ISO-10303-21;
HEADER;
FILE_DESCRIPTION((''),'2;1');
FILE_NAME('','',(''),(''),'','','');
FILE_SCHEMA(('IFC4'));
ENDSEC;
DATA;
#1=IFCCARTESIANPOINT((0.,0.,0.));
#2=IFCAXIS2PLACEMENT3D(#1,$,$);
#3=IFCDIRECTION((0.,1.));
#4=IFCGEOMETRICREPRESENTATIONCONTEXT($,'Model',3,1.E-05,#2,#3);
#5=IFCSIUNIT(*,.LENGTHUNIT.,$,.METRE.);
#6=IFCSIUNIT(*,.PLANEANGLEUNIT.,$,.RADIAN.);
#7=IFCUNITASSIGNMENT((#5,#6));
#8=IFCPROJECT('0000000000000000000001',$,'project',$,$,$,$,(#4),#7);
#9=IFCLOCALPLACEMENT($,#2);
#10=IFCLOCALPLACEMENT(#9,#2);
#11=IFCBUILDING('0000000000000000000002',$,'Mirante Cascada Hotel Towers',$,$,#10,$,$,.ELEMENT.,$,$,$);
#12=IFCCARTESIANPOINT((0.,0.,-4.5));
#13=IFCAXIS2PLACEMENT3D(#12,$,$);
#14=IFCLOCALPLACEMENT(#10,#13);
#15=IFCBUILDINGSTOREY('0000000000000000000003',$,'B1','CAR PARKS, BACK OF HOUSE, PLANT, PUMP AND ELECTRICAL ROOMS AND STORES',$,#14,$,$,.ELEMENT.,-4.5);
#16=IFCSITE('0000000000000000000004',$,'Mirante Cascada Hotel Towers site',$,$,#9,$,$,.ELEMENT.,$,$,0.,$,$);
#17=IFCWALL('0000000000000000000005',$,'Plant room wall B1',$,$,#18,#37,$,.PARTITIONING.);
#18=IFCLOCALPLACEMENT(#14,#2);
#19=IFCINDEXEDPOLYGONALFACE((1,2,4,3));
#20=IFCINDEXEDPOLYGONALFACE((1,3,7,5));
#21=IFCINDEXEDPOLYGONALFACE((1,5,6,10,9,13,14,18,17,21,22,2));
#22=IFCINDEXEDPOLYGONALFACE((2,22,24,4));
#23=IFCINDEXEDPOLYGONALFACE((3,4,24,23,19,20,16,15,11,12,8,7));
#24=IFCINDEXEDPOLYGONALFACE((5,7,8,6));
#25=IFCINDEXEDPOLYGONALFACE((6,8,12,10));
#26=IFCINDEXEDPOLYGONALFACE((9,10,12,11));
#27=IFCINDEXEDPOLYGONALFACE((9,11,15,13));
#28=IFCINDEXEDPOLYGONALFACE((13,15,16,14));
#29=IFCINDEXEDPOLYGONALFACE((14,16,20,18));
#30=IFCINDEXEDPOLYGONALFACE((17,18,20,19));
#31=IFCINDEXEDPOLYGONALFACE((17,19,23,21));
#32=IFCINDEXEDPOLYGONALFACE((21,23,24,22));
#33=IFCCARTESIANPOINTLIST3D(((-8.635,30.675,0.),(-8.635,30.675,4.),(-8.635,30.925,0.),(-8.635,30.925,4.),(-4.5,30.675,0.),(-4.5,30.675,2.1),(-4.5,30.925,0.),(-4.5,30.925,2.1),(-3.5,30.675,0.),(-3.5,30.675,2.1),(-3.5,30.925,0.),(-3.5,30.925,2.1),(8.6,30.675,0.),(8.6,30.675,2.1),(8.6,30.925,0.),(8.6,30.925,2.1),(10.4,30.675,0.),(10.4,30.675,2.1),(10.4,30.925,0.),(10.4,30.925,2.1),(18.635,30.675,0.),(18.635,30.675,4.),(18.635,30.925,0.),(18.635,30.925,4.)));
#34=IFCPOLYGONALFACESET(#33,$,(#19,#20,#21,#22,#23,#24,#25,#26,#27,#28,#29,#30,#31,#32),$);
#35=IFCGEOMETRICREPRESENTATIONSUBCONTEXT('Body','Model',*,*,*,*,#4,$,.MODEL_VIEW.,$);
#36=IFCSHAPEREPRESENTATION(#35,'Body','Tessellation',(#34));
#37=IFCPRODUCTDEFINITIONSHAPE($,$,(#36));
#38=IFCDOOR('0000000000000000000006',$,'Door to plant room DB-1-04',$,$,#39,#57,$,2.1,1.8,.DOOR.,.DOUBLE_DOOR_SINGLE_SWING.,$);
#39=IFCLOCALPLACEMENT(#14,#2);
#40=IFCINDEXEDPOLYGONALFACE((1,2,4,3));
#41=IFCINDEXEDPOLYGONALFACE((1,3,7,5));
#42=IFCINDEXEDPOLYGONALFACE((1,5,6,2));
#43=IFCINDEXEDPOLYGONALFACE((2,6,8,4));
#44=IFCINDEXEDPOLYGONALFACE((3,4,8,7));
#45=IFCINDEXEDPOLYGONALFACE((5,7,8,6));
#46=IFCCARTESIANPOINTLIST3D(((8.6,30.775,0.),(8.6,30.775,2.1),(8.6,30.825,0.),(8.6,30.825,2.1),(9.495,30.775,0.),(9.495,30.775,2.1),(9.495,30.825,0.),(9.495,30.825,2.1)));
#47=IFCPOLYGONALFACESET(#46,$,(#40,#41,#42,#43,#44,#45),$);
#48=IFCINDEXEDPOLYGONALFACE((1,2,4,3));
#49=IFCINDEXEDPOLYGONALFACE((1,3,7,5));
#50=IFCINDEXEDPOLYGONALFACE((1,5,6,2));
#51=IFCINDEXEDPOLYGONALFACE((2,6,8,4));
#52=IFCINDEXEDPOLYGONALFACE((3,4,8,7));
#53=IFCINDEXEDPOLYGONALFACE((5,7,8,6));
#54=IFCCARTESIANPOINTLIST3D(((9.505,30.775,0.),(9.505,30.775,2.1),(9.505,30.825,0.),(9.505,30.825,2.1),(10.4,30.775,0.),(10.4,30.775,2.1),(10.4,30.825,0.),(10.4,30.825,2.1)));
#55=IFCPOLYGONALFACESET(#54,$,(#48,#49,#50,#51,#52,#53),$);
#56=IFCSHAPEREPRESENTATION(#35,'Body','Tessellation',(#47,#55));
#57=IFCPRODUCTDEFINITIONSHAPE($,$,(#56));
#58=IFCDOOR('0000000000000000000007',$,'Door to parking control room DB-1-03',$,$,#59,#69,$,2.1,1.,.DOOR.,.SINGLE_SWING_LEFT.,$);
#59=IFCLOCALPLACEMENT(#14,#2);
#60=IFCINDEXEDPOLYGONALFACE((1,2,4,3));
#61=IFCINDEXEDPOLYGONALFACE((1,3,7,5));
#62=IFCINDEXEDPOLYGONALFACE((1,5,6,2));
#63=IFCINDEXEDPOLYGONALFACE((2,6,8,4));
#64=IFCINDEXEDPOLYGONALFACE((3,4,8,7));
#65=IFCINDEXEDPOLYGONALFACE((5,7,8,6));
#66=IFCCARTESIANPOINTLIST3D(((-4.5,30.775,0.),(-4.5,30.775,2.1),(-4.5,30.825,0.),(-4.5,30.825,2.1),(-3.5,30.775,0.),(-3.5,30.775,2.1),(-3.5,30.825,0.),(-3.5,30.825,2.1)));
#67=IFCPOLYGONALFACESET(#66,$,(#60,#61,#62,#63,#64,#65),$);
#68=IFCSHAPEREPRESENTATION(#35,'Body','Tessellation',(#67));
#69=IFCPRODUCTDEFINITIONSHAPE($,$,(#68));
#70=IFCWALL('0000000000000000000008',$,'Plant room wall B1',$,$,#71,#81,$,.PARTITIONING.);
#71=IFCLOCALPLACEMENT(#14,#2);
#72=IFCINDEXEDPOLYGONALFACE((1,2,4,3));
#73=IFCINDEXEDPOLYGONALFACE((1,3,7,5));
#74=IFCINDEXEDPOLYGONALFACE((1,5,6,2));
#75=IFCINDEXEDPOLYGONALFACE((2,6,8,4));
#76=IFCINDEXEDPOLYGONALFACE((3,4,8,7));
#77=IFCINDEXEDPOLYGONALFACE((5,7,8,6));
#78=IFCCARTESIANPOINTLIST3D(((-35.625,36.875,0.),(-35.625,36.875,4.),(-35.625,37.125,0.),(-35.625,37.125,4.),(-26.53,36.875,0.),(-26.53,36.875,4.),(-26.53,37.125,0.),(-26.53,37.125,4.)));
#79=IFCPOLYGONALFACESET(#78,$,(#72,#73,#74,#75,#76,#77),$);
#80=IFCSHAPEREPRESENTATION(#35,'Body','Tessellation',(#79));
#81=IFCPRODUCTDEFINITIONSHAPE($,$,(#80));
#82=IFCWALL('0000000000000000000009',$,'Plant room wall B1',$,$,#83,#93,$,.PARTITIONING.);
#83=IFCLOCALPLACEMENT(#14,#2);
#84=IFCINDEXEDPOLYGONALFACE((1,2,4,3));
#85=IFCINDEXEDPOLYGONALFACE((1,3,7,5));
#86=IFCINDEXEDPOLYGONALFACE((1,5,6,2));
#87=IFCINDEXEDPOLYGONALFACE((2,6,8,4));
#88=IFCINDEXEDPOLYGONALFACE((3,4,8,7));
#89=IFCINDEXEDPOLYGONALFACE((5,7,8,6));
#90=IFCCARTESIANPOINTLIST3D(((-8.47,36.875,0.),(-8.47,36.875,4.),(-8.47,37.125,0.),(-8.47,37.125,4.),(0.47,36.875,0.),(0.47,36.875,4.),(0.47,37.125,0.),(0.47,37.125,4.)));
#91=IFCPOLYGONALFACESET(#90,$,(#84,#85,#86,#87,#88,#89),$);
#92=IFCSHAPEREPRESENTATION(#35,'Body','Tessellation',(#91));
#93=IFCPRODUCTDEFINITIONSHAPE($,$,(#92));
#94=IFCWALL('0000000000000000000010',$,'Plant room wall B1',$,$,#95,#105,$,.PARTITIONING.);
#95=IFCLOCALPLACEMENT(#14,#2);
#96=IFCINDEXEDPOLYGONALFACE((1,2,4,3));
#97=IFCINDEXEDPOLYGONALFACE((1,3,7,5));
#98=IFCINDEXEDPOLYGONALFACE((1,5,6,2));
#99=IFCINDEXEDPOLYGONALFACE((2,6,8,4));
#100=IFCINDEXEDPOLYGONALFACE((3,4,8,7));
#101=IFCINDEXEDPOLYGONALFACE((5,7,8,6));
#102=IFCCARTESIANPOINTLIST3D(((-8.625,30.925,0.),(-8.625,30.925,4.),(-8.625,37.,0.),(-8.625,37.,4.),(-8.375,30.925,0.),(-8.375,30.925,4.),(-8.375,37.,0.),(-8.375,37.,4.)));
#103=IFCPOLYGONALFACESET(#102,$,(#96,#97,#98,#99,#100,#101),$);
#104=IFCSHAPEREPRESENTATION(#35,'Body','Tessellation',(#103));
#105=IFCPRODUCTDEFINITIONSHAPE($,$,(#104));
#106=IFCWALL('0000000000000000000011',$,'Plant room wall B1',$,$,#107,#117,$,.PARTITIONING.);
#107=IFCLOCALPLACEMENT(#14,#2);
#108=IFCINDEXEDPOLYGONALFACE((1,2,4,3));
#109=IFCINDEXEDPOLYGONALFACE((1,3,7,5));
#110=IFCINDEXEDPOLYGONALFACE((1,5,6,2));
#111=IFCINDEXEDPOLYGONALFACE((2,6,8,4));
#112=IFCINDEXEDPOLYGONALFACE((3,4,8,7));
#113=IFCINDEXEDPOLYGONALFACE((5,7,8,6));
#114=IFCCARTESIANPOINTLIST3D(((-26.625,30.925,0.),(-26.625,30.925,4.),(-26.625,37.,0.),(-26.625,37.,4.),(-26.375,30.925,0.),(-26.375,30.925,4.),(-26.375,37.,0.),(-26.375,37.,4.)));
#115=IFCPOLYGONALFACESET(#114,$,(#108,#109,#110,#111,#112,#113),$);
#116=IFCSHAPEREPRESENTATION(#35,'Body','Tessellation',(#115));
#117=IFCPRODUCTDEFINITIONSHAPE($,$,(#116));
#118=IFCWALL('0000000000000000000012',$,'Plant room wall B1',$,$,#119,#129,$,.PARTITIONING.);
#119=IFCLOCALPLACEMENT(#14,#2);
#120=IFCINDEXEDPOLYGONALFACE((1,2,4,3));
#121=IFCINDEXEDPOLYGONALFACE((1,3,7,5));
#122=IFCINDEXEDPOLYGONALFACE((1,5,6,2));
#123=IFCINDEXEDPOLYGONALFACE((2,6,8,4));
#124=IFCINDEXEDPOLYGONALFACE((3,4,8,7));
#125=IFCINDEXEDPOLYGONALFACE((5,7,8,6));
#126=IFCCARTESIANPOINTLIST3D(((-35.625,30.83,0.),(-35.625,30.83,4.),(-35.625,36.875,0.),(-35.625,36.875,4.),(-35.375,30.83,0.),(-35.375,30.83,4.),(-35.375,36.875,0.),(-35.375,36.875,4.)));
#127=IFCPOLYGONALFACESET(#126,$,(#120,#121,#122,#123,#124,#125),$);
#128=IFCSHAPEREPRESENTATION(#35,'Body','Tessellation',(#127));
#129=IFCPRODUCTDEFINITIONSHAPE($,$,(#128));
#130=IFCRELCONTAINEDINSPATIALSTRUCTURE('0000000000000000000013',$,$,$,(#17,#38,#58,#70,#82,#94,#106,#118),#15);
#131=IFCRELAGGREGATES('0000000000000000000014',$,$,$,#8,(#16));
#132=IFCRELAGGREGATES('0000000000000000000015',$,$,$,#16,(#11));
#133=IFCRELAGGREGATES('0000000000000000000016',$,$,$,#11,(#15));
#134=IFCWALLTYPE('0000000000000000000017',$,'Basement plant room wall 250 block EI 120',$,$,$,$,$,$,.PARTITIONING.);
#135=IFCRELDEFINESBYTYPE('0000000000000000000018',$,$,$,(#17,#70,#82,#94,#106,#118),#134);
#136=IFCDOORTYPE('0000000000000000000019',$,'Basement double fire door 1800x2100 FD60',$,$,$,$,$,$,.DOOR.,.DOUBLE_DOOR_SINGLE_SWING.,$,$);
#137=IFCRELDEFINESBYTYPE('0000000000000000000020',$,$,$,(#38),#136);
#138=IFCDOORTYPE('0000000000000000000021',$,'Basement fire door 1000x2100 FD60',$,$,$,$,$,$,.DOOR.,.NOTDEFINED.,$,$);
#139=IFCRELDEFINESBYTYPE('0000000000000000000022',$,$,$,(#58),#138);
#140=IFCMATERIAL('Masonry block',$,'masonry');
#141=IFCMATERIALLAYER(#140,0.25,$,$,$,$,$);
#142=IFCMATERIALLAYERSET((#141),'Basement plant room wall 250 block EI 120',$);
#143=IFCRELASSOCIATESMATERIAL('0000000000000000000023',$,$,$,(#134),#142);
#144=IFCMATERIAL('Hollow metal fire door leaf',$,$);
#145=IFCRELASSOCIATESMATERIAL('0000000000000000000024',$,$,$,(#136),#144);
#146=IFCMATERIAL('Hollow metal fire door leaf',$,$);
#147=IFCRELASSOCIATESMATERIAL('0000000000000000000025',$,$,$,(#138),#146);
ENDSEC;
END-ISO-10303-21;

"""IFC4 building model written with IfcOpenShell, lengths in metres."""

from ifc_helpers import new_model, si_unit, direction, frame, frame_2d, origin, place, context, subcontext, project, spatial, rectangle, extrude, material, layer, layer_set, type_object, element, fill, save


model = new_model("IFC4")

# Units and contexts
model_context = context("Model", 3, precision=1e-05, world=origin(), true_north=direction((0.0, 1.0)))
body_context = subcontext(model_context, "Body", "Model", "MODEL_VIEW")
ifc_project = project(units=[si_unit("LENGTHUNIT", "METRE"), si_unit("PLANEANGLEUNIT", "RADIAN")], contexts=[model_context])

# Site, building, storey
site_placement = place(None, origin())
site = spatial("IfcSite", under=ifc_project, at=site_placement, Name="Mirante Cascada Hotel Towers site", CompositionType="ELEMENT", RefElevation=0.0)
building_placement = place(site_placement, origin())
building = spatial("IfcBuilding", under=site, at=building_placement, Name="Mirante Cascada Hotel Towers", CompositionType="ELEMENT")
storey_placement = place(building_placement, frame((0.0, 0.0, -4.5)))
storey = spatial("IfcBuildingStorey", under=building, at=storey_placement, Name="B1", Description="CAR PARKS, BACK OF HOUSE, PLANT, PUMP AND ELECTRICAL ROOMS AND STORES", CompositionType="ELEMENT", Elevation=-4.5)

# Shared definitions
ifc_material_1 = material(Name="Masonry block", Category="masonry")
ifc_layer_1 = layer(ifc_material_1, 0.25)
ifc_layer_set_1 = layer_set([ifc_layer_1], Name="Basement plant room wall 250 block EI 120")
wall_type_1 = type_object("IfcWallType", Name="Basement plant room wall 250 block EI 120", PredefinedType="PARTITIONING", material=ifc_layer_set_1)
ifc_material_2 = material(Name="Hollow metal fire door leaf")
door_type_1 = type_object("IfcDoorType", Name="Basement double fire door 1800x2100 FD60", OperationType="DOUBLE_DOOR_SINGLE_SWING", PredefinedType="DOOR", material=ifc_material_2)

# Wall, openings, doors
wall_1_placement = place(storey_placement, frame((-8.635, 30.8, 0.0), z_axis=(0.0, 0.0, 1.0), x_axis=(1.0, 0.0, 0.0)))
wall_1 = element("IfcWall", 1, at=wall_1_placement, inside=storey, type_object=wall_type_1, Name="Plant room wall B1", PredefinedType="PARTITIONING", context=body_context, shape_type="SweptSolid", body=[
    extrude(rectangle(XDim=27.27, YDim=0.25, at=frame_2d((13.635, 0.0))), origin(), (0.0, 0.0, 1.0), 4.0),
])
opening_1_placement = place(wall_1_placement, frame((4.135, 0.0, 0.0)))
opening_1 = element("IfcOpeningElement", 2, at=opening_1_placement, cuts=wall_1, PredefinedType="OPENING", context=body_context, shape_type="SweptSolid", body=[
    extrude(rectangle(XDim=1.0, YDim=2.1, at=frame_2d((0.5, 1.05))), frame((0.0, 0.125, 0.0), z_axis=(0.0, -1.0, 0.0), x_axis=(1.0, 0.0, 0.0)), (0.0, 0.0, 1.0), 0.25),
])
opening_2_placement = place(wall_1_placement, frame((17.235, 0.0, 0.0)))
opening_2 = element("IfcOpeningElement", 3, at=opening_2_placement, cuts=wall_1, PredefinedType="OPENING", context=body_context, shape_type="SweptSolid", body=[
    extrude(rectangle(XDim=1.8, YDim=2.1, at=frame_2d((0.9, 1.05))), frame((0.0, 0.125, 0.0), z_axis=(0.0, -1.0, 0.0), x_axis=(1.0, 0.0, 0.0)), (0.0, 0.0, 1.0), 0.25),
])
door_1_placement = place(opening_2_placement, origin())
door_1 = element("IfcDoor", 4, at=door_1_placement, inside=storey, type_object=door_type_1, Name="Door to plant room DB-1-04", OperationType="DOUBLE_DOOR_SINGLE_SWING", OverallHeight=2.1, OverallWidth=1.8, PredefinedType="DOOR", context=body_context, shape_type="SweptSolid", body=[
    extrude(rectangle(XDim=0.895, YDim=2.1, at=frame_2d((0.4475, 1.05))), frame((0.0, 0.025, 0.0), z_axis=(0.0, -1.0, 0.0), x_axis=(1.0, 0.0, 0.0)), (0.0, 0.0, 1.0), 0.05),
    extrude(rectangle(XDim=0.895, YDim=2.1, at=frame_2d((1.3525, 1.05))), frame((0.0, 0.025, 0.0), z_axis=(0.0, -1.0, 0.0), x_axis=(1.0, 0.0, 0.0)), (0.0, 0.0, 1.0), 0.05),
])
fill(opening_2, door_1)
ifc_material_3 = material(Name="Hollow metal fire door leaf")
door_type_2 = type_object("IfcDoorType", Name="Basement fire door 1000x2100 FD60", OperationType="NOTDEFINED", PredefinedType="DOOR", material=ifc_material_3)
door_2_placement = place(opening_1_placement, origin())
door_2 = element("IfcDoor", 5, at=door_2_placement, inside=storey, type_object=door_type_2, Name="Door to parking control room DB-1-03", OperationType="SINGLE_SWING_LEFT", OverallHeight=2.1, OverallWidth=1.0, PredefinedType="DOOR", context=body_context, shape_type="SweptSolid", body=[
    extrude(rectangle(XDim=1.0, YDim=2.1, at=frame_2d((0.5, 1.05))), frame((0.0, 0.025, 0.0), z_axis=(0.0, -1.0, 0.0), x_axis=(1.0, 0.0, 0.0)), (0.0, 0.0, 1.0), 0.05),
])
fill(opening_1, door_2)

# Walls
wall_2_placement = place(storey_placement, frame((-35.625, 37.0, 0.0), z_axis=(0.0, 0.0, 1.0), x_axis=(1.0, 0.0, 0.0)))
element("IfcWall", 6, at=wall_2_placement, inside=storey, type_object=wall_type_1, Name="Plant room wall B1", PredefinedType="PARTITIONING", context=body_context, shape_type="SweptSolid", body=[
    extrude(rectangle(XDim=9.095, YDim=0.25, at=frame_2d((4.5475, 0.0))), origin(), (0.0, 0.0, 1.0), 4.0),
])
wall_3_placement = place(storey_placement, frame((-8.47, 37.0, 0.0), z_axis=(0.0, 0.0, 1.0), x_axis=(1.0, 0.0, 0.0)))
element("IfcWall", 7, at=wall_3_placement, inside=storey, type_object=wall_type_1, Name="Plant room wall B1", PredefinedType="PARTITIONING", context=body_context, shape_type="SweptSolid", body=[
    extrude(rectangle(XDim=8.94, YDim=0.25, at=frame_2d((4.47, 0.0))), origin(), (0.0, 0.0, 1.0), 4.0),
])
for number, where, z_axis, x_axis, name in (
    (8, (-8.5, 30.925, 0.0), (0.0, 0.0, 1.0), (0.0, 1.0, 0.0), "Plant room wall B1"),
    (9, (-26.5, 30.925, 0.0), (0.0, 0.0, 1.0), (0.0, 1.0, 0.0), "Plant room wall B1"),
):
    element("IfcWall", number, at=place(storey_placement, frame(where, z_axis=z_axis, x_axis=x_axis)), inside=storey, type_object=wall_type_1, Name=name, PredefinedType="PARTITIONING", context=body_context, shape_type="SweptSolid", body=[
        extrude(rectangle(XDim=6.075, YDim=0.25, at=frame_2d((3.0375, 0.0))), origin(), (0.0, 0.0, 1.0), 4.0),
    ])
wall_4_placement = place(storey_placement, frame((-35.5, 30.83, 0.0), z_axis=(0.0, 0.0, 1.0), x_axis=(0.0, 1.0, 0.0)))
element("IfcWall", 10, at=wall_4_placement, inside=storey, type_object=wall_type_1, Name="Plant room wall B1", PredefinedType="PARTITIONING", context=body_context, shape_type="SweptSolid", body=[
    extrude(rectangle(XDim=6.045, YDim=0.25, at=frame_2d((3.0225, 0.0))), origin(), (0.0, 0.0, 1.0), 4.0),
])

save(model, "model.ifc")
